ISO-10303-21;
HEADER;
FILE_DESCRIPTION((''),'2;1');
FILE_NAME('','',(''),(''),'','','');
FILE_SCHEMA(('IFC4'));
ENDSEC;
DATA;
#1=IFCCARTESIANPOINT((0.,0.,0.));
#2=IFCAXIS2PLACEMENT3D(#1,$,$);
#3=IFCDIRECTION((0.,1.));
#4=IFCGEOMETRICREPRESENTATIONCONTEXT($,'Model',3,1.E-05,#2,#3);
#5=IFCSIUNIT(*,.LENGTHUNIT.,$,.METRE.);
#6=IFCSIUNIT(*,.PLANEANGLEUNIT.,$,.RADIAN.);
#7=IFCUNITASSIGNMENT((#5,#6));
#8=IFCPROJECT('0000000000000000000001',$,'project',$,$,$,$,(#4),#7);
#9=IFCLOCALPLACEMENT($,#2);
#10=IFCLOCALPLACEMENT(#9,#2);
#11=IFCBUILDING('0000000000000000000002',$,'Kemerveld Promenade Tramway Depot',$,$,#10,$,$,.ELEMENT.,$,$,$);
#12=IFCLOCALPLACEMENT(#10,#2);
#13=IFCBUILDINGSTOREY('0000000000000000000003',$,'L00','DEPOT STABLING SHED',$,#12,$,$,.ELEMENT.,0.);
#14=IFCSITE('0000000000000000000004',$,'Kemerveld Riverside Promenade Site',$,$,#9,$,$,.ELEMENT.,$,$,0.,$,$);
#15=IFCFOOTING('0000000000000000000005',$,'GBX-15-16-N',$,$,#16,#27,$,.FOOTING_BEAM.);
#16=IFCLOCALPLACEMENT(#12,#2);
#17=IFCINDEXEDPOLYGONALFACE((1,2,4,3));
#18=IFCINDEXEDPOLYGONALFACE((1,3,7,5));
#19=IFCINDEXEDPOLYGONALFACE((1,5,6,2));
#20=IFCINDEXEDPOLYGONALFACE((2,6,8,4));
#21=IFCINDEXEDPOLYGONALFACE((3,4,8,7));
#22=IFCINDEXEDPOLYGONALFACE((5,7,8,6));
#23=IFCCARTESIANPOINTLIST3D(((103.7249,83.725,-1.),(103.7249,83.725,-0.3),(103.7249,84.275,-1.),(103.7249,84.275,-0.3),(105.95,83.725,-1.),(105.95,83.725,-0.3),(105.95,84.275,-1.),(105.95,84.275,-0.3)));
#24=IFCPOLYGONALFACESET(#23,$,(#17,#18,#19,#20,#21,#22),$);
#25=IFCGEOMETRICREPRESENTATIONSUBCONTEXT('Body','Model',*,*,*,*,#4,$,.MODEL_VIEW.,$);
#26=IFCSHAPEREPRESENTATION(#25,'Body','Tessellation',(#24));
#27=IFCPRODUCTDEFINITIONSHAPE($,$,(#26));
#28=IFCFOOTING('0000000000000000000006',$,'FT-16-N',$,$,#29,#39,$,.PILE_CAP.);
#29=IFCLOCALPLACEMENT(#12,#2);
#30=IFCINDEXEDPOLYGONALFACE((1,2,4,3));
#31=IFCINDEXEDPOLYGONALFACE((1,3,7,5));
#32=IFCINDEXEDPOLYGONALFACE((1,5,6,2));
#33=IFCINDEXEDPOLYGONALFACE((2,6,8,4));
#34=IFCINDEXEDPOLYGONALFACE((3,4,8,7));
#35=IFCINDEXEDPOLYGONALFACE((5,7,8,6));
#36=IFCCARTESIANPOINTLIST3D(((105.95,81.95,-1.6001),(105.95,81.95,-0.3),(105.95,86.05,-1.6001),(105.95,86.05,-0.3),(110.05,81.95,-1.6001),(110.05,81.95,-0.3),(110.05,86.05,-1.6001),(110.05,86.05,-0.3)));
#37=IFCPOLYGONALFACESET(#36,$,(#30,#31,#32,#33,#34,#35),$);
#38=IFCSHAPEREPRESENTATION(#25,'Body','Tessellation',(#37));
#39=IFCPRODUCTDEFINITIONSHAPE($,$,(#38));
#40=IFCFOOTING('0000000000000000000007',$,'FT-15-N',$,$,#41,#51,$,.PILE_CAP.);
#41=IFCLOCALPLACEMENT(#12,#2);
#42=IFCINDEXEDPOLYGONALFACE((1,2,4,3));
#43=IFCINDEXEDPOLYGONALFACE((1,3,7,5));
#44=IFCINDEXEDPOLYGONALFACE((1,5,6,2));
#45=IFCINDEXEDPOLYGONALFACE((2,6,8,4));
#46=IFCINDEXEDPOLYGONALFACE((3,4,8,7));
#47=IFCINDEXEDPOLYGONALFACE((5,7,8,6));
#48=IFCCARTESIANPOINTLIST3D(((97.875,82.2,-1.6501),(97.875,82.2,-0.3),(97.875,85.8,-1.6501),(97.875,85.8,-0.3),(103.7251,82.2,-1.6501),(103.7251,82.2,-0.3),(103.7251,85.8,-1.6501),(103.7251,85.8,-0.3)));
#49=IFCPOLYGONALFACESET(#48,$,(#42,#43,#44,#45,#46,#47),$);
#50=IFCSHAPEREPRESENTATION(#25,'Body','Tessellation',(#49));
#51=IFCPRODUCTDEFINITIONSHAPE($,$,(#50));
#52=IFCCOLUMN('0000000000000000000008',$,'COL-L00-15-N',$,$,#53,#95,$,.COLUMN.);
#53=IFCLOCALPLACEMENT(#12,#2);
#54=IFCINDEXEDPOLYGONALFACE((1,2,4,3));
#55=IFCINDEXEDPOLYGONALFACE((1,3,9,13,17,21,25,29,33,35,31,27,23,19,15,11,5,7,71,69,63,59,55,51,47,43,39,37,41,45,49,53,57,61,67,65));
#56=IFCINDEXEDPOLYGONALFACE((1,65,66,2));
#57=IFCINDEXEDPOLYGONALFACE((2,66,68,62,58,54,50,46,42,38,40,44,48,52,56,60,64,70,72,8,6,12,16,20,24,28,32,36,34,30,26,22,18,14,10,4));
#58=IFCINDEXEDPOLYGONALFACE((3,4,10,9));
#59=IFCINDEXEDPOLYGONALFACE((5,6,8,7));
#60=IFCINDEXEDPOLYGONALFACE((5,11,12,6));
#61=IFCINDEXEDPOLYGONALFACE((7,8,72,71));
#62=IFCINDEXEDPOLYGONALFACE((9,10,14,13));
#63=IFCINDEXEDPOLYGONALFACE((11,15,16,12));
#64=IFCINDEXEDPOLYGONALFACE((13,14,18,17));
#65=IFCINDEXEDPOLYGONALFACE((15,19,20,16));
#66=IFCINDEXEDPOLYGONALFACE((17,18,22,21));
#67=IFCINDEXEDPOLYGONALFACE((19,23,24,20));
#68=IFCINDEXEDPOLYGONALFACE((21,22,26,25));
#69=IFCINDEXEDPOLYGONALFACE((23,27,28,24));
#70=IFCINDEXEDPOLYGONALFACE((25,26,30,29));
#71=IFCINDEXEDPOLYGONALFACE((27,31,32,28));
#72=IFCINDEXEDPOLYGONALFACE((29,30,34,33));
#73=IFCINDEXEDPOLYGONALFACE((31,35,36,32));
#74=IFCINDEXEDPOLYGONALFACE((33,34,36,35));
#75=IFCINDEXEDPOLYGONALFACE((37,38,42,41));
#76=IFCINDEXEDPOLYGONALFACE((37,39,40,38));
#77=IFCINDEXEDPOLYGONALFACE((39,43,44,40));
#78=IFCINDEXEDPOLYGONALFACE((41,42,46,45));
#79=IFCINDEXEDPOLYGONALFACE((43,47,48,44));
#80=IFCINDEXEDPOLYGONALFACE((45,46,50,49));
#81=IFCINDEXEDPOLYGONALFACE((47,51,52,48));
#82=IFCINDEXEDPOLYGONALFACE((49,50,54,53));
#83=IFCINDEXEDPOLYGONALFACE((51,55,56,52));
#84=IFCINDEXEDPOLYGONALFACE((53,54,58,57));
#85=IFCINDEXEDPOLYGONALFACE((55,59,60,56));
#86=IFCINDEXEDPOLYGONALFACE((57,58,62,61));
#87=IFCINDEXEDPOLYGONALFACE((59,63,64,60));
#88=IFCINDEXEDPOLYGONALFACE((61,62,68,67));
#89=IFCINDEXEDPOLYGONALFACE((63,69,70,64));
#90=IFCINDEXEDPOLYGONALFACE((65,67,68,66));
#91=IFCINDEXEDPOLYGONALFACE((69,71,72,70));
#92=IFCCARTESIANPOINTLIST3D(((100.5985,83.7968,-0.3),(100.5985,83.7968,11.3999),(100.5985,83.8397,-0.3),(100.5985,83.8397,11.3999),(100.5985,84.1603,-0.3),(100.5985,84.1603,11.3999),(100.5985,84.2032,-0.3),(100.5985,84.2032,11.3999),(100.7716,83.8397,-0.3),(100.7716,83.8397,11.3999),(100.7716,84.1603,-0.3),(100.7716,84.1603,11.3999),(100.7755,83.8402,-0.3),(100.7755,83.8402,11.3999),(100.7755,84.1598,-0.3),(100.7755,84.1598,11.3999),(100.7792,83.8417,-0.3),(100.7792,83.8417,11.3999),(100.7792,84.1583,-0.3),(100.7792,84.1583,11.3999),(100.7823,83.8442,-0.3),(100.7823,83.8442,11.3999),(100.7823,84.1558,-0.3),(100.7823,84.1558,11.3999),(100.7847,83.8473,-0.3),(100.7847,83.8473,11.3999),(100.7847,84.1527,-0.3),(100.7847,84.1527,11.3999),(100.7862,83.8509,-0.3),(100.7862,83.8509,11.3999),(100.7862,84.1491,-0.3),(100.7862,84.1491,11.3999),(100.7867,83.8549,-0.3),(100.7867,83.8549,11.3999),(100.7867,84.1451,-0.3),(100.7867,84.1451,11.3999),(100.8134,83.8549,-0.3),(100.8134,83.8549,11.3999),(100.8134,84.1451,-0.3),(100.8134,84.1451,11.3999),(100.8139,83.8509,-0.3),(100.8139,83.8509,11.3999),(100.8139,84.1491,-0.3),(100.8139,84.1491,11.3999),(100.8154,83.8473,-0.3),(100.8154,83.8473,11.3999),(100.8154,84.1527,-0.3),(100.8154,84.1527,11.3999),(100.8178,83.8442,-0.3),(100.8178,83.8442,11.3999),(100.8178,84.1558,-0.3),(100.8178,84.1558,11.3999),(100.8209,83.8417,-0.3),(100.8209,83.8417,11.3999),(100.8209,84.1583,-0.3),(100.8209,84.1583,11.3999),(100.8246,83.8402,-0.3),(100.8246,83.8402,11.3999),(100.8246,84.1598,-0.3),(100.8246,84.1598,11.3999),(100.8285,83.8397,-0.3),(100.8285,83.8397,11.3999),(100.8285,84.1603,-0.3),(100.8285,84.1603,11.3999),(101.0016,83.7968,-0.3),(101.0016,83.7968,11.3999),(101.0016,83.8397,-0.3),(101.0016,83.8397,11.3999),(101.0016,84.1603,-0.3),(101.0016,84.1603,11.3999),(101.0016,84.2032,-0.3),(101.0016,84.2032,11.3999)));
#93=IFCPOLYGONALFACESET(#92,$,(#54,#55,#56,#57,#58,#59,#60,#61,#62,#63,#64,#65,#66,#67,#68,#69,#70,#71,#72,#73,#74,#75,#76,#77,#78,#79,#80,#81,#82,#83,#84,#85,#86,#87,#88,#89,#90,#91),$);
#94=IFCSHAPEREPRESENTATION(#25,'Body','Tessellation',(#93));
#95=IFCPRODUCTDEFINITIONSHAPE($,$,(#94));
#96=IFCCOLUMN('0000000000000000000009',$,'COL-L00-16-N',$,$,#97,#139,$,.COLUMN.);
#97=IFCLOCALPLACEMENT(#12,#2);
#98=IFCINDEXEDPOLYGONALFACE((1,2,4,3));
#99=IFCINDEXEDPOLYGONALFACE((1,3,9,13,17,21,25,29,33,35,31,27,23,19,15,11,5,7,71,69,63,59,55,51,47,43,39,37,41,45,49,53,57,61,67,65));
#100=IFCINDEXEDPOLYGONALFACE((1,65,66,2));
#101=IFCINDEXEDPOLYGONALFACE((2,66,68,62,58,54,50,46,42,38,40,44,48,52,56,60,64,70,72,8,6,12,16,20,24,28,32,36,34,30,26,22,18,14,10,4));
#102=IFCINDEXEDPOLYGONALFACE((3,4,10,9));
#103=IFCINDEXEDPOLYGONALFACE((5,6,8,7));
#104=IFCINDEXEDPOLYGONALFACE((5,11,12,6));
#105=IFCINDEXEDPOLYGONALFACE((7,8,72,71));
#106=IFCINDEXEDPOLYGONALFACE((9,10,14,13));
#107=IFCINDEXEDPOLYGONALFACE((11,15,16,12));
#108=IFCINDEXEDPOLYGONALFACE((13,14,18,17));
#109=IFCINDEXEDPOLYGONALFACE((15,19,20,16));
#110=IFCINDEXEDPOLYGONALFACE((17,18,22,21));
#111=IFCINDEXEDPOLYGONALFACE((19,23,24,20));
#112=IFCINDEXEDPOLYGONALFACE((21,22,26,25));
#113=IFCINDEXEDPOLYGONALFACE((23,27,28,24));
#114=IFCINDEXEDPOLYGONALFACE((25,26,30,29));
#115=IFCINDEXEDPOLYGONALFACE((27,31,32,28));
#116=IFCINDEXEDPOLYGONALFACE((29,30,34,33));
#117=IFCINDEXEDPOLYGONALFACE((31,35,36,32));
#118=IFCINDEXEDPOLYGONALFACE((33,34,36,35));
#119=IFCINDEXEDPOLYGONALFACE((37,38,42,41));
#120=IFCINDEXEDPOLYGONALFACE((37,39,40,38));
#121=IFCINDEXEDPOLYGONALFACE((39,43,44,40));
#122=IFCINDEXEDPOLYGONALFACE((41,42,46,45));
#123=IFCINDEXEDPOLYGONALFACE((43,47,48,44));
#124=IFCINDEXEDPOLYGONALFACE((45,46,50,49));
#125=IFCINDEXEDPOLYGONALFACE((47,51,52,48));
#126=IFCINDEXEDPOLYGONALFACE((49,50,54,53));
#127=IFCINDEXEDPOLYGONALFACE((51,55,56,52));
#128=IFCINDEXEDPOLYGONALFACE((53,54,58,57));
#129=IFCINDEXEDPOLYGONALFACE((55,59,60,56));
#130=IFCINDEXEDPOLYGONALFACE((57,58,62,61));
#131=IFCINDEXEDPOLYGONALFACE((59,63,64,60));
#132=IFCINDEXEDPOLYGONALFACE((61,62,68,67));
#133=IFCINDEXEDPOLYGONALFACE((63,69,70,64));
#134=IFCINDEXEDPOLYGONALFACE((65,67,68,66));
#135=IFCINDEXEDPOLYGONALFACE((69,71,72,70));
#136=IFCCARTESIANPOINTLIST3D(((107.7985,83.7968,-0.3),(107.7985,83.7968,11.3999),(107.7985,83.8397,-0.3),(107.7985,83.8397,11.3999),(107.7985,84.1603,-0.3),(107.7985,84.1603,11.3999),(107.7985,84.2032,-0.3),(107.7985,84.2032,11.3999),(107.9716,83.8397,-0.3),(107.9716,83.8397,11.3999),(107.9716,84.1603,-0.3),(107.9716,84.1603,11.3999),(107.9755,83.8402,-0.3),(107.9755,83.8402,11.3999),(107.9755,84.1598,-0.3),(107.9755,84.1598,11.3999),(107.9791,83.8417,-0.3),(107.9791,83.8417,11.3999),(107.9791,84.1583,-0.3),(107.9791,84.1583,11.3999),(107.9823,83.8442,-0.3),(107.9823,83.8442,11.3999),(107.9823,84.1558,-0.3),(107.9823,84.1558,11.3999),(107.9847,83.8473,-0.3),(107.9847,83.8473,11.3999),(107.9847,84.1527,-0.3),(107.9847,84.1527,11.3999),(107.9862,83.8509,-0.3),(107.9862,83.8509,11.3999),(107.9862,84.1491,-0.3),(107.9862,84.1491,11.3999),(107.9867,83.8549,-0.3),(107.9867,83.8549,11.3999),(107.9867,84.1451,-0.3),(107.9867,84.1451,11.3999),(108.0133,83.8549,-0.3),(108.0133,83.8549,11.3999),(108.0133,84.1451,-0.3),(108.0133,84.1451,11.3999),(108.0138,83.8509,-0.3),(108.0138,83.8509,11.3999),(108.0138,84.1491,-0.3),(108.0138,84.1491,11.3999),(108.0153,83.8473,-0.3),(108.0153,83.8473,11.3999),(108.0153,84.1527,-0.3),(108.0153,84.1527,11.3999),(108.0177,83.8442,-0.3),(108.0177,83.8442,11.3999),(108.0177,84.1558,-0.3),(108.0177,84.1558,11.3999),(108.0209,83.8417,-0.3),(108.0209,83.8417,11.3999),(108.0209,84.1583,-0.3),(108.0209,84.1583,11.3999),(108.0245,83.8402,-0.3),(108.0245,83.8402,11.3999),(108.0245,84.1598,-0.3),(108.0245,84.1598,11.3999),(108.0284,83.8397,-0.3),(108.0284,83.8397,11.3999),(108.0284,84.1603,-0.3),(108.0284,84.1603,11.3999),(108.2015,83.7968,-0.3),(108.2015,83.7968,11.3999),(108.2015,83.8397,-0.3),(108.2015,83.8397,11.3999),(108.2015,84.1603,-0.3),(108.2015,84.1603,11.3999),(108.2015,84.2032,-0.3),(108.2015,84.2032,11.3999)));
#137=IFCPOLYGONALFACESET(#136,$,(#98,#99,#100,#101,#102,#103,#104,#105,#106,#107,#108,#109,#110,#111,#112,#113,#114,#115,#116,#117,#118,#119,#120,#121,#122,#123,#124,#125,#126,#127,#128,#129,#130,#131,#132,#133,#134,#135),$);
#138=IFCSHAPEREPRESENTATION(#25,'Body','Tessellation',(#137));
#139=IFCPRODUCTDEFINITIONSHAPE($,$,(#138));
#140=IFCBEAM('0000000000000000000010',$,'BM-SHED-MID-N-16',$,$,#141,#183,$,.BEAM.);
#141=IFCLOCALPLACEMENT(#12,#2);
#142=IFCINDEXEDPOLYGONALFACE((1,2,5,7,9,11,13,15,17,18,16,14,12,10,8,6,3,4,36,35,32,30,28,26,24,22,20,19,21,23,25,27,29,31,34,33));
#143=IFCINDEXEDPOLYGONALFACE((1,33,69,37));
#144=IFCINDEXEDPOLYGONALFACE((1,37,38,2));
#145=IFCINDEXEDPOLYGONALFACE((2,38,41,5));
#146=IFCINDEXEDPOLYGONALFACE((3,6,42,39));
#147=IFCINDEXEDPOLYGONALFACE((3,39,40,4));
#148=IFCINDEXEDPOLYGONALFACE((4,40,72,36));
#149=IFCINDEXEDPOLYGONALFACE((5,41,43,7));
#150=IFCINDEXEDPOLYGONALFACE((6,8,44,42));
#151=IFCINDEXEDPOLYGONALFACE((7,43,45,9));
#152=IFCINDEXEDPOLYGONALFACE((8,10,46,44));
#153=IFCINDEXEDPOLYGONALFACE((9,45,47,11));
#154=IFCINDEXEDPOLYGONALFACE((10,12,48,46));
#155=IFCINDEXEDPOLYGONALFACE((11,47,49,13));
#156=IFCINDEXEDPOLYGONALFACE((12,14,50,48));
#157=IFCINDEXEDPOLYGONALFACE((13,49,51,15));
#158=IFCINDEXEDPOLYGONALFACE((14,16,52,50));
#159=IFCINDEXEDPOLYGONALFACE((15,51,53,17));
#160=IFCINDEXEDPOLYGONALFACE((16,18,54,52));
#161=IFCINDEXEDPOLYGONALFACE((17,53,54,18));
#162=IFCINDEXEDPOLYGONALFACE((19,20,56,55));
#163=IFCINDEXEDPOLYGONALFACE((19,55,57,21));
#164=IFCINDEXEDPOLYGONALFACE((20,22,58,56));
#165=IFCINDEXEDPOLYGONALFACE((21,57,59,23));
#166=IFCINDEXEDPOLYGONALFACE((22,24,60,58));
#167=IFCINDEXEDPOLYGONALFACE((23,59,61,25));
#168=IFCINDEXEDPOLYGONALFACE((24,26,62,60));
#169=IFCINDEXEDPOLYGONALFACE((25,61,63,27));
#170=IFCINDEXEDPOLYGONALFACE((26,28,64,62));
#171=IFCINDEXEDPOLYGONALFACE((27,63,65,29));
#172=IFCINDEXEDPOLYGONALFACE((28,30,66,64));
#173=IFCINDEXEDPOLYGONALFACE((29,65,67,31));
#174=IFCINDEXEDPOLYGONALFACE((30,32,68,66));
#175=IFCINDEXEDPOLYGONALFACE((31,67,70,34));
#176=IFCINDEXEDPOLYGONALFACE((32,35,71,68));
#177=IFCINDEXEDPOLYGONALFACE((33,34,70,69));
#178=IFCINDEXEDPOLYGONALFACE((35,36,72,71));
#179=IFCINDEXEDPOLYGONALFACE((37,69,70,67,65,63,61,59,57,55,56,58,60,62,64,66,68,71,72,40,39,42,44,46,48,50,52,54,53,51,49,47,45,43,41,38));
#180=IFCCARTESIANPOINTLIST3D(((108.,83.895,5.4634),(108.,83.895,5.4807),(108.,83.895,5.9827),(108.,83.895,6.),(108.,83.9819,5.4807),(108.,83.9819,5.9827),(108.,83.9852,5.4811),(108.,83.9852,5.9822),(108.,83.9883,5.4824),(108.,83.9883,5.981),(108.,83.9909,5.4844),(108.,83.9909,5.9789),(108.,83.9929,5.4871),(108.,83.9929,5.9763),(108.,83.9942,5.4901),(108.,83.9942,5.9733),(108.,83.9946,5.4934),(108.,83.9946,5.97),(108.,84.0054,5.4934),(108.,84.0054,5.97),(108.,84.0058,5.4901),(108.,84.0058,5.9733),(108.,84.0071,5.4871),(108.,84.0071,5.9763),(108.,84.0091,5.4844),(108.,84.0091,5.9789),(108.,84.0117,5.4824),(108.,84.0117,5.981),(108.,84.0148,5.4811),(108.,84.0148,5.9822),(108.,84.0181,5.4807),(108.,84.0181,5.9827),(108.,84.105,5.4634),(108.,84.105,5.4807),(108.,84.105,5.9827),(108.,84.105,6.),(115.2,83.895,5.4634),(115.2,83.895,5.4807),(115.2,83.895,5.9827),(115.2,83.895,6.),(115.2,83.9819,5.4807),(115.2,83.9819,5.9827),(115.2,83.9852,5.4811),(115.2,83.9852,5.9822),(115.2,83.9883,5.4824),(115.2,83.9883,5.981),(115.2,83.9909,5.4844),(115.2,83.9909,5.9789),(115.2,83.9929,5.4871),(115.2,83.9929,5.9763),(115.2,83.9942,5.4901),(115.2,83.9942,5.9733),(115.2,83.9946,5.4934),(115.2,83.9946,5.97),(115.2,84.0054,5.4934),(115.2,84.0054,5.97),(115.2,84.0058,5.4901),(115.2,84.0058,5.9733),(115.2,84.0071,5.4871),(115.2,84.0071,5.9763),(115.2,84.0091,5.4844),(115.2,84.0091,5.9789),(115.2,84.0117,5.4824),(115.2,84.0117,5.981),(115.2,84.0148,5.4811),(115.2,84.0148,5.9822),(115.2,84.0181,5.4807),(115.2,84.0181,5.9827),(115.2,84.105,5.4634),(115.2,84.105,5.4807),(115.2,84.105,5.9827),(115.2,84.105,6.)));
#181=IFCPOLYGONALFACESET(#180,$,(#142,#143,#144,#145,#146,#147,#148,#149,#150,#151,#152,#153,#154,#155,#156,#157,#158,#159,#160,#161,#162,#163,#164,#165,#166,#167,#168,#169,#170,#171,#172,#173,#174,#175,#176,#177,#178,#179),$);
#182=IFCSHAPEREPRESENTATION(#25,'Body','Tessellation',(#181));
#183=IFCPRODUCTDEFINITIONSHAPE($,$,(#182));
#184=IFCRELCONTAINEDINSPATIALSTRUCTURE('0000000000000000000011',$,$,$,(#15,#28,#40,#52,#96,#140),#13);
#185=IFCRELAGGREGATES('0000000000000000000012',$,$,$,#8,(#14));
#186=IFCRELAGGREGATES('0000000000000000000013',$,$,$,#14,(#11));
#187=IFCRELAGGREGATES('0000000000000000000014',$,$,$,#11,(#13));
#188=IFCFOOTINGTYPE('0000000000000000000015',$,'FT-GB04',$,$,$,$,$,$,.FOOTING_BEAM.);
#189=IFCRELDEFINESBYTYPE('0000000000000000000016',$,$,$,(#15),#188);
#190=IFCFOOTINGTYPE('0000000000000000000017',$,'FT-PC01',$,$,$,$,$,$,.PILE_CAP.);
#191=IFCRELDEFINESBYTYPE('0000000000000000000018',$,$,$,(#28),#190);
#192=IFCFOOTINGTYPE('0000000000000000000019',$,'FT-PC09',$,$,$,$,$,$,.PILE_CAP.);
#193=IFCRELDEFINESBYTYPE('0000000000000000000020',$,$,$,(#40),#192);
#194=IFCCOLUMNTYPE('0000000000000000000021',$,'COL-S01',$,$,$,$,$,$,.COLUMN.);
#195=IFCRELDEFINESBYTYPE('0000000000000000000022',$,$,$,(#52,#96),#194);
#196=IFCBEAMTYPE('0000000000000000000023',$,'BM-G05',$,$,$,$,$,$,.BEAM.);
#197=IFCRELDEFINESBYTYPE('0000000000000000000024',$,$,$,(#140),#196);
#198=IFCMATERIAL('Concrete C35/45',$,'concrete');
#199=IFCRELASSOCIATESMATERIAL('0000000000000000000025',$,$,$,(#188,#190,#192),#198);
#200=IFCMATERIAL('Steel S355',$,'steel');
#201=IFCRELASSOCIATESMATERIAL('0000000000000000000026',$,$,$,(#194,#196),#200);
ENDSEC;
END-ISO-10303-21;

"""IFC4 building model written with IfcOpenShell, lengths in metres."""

from ifc_helpers import new_model, si_unit, direction, frame, origin, origin_2d, place, context, subcontext, project, spatial, rectangle, i_section, extrude, material, material_profile, profile_set, type_object, element, save


model = new_model("IFC4")

# Units and contexts
model_context = context("Model", 3, precision=1e-05, world=origin(), true_north=direction((0.0, 1.0)))
body_context = subcontext(model_context, "Body", "Model", "MODEL_VIEW")
ifc_project = project(units=[si_unit("LENGTHUNIT", "METRE"), si_unit("PLANEANGLEUNIT", "RADIAN")], contexts=[model_context])

# Site, building, storey
site_placement = place(None, origin())
site = spatial("IfcSite", under=ifc_project, at=site_placement, Name="Kemerveld Riverside Promenade Site", CompositionType="ELEMENT", RefElevation=0.0)
building_placement = place(site_placement, origin())
building = spatial("IfcBuilding", under=site, at=building_placement, Name="Kemerveld Promenade Tramway Depot", CompositionType="ELEMENT")
storey_placement = place(building_placement, origin())
storey = spatial("IfcBuildingStorey", under=building, at=storey_placement, Name="L00", Description="DEPOT STABLING SHED", CompositionType="ELEMENT", Elevation=0.0)

# Footings
ifc_material_1 = material(Name="Concrete C35/45", Category="concrete")
footing_type_1 = type_object("IfcFootingType", Name="FT-GB04", PredefinedType="FOOTING_BEAM", material=ifc_material_1)
footing_1_placement = place(storey_placement, frame((104.8374, 84.0, -1.0), z_axis=(0.0, 0.0, 1.0), x_axis=(1.0, 0.0, 0.0)))
element("IfcFooting", 1, at=footing_1_placement, inside=storey, type_object=footing_type_1, Name="GBX-15-16-N", PredefinedType="FOOTING_BEAM", context=body_context, shape_type="SweptSolid", body=[
    extrude(rectangle(XDim=2.2251, YDim=0.55, at=origin_2d()), origin(), (0.0, 0.0, 1.0), 0.7),
])
footing_type_2 = type_object("IfcFootingType", Name="FT-PC01", PredefinedType="PILE_CAP", material=ifc_material_1)
footing_2_placement = place(storey_placement, frame((108.0, 84.0, -1.6001), z_axis=(0.0, 0.0, 1.0), x_axis=(1.0, 0.0, 0.0)))
element("IfcFooting", 2, at=footing_2_placement, inside=storey, type_object=footing_type_2, Name="FT-16-N", PredefinedType="PILE_CAP", context=body_context, shape_type="SweptSolid", body=[
    extrude(rectangle(XDim=4.1001, YDim=4.1001, at=origin_2d()), origin(), (0.0, 0.0, 1.0), 1.3),
])
footing_type_3 = type_object("IfcFootingType", Name="FT-PC09", PredefinedType="PILE_CAP", material=ifc_material_1)
footing_3_placement = place(storey_placement, frame((100.8, 84.0, -1.6501), z_axis=(0.0, 0.0, 1.0), x_axis=(1.0, 0.0, 0.0)))
element("IfcFooting", 3, at=footing_3_placement, inside=storey, type_object=footing_type_3, Name="FT-15-N", PredefinedType="PILE_CAP", context=body_context, shape_type="SweptSolid", body=[
    extrude(rectangle(XDim=5.8501, YDim=3.6001, at=origin_2d()), origin(), (0.0, 0.0, 1.0), 1.3501),
])

# Columns
ifc_material_2 = material(Name="Steel S355", Category="steel")
ifc_material_profile_1 = material_profile(ifc_material_2, i_section(OverallWidth=0.4031, OverallDepth=0.4065, WebThickness=0.0266, FlangeThickness=0.043, FilletRadius=0.0151, at=origin_2d()), Name="356x406x340 UC")
ifc_profile_set_1 = profile_set([ifc_material_profile_1], Name="Steel S355")
column_type = type_object("IfcColumnType", Name="COL-S01", PredefinedType="COLUMN", material=ifc_profile_set_1)
for number, where, z_axis, x_axis, name in (
    (4, (100.8, 84.0, -0.3), (0.0, 0.0, 1.0), (1.0, 0.0, 0.0), "COL-L00-15-N"),
    (5, (108.0, 84.0, -0.3), (0.0, 0.0, 1.0), (1.0, 0.0, 0.0), "COL-L00-16-N"),
):
    element("IfcColumn", number, at=place(storey_placement, frame(where, z_axis=z_axis, x_axis=x_axis)), inside=storey, type_object=column_type, Name=name, PredefinedType="COLUMN", context=body_context, shape_type="SweptSolid", body=[
        extrude(i_section(OverallWidth=0.4031, OverallDepth=0.4065, WebThickness=0.0266, FlangeThickness=0.043, FilletRadius=0.0151, at=origin_2d()), origin(), (0.0, 0.0, 1.0), 11.7),
    ])

# Beam
ifc_material_profile_2 = material_profile(ifc_material_2, i_section(OverallWidth=0.21, OverallDepth=0.5366, WebThickness=0.0107, FlangeThickness=0.0173, FilletRadius=0.0127, at=origin_2d()), Name="533x210x101 UB")
ifc_profile_set_2 = profile_set([ifc_material_profile_2], Name="Steel S355")
beam_type = type_object("IfcBeamType", Name="BM-G05", PredefinedType="BEAM", material=ifc_profile_set_2)
beam_placement = place(storey_placement, frame((108.0, 84.0, 5.7317), z_axis=(1.0, 0.0, 0.0), x_axis=(0.0, 1.0, 0.0)))
element("IfcBeam", 6, at=beam_placement, inside=storey, type_object=beam_type, Name="BM-SHED-MID-N-16", PredefinedType="BEAM", context=body_context, shape_type="SweptSolid", body=[
    extrude(i_section(OverallWidth=0.21, OverallDepth=0.5366, WebThickness=0.0107, FlangeThickness=0.0173, FilletRadius=0.0127, at=origin_2d()), origin(), (0.0, 0.0, 1.0), 7.2),
])

save(model, "model.ifc")
